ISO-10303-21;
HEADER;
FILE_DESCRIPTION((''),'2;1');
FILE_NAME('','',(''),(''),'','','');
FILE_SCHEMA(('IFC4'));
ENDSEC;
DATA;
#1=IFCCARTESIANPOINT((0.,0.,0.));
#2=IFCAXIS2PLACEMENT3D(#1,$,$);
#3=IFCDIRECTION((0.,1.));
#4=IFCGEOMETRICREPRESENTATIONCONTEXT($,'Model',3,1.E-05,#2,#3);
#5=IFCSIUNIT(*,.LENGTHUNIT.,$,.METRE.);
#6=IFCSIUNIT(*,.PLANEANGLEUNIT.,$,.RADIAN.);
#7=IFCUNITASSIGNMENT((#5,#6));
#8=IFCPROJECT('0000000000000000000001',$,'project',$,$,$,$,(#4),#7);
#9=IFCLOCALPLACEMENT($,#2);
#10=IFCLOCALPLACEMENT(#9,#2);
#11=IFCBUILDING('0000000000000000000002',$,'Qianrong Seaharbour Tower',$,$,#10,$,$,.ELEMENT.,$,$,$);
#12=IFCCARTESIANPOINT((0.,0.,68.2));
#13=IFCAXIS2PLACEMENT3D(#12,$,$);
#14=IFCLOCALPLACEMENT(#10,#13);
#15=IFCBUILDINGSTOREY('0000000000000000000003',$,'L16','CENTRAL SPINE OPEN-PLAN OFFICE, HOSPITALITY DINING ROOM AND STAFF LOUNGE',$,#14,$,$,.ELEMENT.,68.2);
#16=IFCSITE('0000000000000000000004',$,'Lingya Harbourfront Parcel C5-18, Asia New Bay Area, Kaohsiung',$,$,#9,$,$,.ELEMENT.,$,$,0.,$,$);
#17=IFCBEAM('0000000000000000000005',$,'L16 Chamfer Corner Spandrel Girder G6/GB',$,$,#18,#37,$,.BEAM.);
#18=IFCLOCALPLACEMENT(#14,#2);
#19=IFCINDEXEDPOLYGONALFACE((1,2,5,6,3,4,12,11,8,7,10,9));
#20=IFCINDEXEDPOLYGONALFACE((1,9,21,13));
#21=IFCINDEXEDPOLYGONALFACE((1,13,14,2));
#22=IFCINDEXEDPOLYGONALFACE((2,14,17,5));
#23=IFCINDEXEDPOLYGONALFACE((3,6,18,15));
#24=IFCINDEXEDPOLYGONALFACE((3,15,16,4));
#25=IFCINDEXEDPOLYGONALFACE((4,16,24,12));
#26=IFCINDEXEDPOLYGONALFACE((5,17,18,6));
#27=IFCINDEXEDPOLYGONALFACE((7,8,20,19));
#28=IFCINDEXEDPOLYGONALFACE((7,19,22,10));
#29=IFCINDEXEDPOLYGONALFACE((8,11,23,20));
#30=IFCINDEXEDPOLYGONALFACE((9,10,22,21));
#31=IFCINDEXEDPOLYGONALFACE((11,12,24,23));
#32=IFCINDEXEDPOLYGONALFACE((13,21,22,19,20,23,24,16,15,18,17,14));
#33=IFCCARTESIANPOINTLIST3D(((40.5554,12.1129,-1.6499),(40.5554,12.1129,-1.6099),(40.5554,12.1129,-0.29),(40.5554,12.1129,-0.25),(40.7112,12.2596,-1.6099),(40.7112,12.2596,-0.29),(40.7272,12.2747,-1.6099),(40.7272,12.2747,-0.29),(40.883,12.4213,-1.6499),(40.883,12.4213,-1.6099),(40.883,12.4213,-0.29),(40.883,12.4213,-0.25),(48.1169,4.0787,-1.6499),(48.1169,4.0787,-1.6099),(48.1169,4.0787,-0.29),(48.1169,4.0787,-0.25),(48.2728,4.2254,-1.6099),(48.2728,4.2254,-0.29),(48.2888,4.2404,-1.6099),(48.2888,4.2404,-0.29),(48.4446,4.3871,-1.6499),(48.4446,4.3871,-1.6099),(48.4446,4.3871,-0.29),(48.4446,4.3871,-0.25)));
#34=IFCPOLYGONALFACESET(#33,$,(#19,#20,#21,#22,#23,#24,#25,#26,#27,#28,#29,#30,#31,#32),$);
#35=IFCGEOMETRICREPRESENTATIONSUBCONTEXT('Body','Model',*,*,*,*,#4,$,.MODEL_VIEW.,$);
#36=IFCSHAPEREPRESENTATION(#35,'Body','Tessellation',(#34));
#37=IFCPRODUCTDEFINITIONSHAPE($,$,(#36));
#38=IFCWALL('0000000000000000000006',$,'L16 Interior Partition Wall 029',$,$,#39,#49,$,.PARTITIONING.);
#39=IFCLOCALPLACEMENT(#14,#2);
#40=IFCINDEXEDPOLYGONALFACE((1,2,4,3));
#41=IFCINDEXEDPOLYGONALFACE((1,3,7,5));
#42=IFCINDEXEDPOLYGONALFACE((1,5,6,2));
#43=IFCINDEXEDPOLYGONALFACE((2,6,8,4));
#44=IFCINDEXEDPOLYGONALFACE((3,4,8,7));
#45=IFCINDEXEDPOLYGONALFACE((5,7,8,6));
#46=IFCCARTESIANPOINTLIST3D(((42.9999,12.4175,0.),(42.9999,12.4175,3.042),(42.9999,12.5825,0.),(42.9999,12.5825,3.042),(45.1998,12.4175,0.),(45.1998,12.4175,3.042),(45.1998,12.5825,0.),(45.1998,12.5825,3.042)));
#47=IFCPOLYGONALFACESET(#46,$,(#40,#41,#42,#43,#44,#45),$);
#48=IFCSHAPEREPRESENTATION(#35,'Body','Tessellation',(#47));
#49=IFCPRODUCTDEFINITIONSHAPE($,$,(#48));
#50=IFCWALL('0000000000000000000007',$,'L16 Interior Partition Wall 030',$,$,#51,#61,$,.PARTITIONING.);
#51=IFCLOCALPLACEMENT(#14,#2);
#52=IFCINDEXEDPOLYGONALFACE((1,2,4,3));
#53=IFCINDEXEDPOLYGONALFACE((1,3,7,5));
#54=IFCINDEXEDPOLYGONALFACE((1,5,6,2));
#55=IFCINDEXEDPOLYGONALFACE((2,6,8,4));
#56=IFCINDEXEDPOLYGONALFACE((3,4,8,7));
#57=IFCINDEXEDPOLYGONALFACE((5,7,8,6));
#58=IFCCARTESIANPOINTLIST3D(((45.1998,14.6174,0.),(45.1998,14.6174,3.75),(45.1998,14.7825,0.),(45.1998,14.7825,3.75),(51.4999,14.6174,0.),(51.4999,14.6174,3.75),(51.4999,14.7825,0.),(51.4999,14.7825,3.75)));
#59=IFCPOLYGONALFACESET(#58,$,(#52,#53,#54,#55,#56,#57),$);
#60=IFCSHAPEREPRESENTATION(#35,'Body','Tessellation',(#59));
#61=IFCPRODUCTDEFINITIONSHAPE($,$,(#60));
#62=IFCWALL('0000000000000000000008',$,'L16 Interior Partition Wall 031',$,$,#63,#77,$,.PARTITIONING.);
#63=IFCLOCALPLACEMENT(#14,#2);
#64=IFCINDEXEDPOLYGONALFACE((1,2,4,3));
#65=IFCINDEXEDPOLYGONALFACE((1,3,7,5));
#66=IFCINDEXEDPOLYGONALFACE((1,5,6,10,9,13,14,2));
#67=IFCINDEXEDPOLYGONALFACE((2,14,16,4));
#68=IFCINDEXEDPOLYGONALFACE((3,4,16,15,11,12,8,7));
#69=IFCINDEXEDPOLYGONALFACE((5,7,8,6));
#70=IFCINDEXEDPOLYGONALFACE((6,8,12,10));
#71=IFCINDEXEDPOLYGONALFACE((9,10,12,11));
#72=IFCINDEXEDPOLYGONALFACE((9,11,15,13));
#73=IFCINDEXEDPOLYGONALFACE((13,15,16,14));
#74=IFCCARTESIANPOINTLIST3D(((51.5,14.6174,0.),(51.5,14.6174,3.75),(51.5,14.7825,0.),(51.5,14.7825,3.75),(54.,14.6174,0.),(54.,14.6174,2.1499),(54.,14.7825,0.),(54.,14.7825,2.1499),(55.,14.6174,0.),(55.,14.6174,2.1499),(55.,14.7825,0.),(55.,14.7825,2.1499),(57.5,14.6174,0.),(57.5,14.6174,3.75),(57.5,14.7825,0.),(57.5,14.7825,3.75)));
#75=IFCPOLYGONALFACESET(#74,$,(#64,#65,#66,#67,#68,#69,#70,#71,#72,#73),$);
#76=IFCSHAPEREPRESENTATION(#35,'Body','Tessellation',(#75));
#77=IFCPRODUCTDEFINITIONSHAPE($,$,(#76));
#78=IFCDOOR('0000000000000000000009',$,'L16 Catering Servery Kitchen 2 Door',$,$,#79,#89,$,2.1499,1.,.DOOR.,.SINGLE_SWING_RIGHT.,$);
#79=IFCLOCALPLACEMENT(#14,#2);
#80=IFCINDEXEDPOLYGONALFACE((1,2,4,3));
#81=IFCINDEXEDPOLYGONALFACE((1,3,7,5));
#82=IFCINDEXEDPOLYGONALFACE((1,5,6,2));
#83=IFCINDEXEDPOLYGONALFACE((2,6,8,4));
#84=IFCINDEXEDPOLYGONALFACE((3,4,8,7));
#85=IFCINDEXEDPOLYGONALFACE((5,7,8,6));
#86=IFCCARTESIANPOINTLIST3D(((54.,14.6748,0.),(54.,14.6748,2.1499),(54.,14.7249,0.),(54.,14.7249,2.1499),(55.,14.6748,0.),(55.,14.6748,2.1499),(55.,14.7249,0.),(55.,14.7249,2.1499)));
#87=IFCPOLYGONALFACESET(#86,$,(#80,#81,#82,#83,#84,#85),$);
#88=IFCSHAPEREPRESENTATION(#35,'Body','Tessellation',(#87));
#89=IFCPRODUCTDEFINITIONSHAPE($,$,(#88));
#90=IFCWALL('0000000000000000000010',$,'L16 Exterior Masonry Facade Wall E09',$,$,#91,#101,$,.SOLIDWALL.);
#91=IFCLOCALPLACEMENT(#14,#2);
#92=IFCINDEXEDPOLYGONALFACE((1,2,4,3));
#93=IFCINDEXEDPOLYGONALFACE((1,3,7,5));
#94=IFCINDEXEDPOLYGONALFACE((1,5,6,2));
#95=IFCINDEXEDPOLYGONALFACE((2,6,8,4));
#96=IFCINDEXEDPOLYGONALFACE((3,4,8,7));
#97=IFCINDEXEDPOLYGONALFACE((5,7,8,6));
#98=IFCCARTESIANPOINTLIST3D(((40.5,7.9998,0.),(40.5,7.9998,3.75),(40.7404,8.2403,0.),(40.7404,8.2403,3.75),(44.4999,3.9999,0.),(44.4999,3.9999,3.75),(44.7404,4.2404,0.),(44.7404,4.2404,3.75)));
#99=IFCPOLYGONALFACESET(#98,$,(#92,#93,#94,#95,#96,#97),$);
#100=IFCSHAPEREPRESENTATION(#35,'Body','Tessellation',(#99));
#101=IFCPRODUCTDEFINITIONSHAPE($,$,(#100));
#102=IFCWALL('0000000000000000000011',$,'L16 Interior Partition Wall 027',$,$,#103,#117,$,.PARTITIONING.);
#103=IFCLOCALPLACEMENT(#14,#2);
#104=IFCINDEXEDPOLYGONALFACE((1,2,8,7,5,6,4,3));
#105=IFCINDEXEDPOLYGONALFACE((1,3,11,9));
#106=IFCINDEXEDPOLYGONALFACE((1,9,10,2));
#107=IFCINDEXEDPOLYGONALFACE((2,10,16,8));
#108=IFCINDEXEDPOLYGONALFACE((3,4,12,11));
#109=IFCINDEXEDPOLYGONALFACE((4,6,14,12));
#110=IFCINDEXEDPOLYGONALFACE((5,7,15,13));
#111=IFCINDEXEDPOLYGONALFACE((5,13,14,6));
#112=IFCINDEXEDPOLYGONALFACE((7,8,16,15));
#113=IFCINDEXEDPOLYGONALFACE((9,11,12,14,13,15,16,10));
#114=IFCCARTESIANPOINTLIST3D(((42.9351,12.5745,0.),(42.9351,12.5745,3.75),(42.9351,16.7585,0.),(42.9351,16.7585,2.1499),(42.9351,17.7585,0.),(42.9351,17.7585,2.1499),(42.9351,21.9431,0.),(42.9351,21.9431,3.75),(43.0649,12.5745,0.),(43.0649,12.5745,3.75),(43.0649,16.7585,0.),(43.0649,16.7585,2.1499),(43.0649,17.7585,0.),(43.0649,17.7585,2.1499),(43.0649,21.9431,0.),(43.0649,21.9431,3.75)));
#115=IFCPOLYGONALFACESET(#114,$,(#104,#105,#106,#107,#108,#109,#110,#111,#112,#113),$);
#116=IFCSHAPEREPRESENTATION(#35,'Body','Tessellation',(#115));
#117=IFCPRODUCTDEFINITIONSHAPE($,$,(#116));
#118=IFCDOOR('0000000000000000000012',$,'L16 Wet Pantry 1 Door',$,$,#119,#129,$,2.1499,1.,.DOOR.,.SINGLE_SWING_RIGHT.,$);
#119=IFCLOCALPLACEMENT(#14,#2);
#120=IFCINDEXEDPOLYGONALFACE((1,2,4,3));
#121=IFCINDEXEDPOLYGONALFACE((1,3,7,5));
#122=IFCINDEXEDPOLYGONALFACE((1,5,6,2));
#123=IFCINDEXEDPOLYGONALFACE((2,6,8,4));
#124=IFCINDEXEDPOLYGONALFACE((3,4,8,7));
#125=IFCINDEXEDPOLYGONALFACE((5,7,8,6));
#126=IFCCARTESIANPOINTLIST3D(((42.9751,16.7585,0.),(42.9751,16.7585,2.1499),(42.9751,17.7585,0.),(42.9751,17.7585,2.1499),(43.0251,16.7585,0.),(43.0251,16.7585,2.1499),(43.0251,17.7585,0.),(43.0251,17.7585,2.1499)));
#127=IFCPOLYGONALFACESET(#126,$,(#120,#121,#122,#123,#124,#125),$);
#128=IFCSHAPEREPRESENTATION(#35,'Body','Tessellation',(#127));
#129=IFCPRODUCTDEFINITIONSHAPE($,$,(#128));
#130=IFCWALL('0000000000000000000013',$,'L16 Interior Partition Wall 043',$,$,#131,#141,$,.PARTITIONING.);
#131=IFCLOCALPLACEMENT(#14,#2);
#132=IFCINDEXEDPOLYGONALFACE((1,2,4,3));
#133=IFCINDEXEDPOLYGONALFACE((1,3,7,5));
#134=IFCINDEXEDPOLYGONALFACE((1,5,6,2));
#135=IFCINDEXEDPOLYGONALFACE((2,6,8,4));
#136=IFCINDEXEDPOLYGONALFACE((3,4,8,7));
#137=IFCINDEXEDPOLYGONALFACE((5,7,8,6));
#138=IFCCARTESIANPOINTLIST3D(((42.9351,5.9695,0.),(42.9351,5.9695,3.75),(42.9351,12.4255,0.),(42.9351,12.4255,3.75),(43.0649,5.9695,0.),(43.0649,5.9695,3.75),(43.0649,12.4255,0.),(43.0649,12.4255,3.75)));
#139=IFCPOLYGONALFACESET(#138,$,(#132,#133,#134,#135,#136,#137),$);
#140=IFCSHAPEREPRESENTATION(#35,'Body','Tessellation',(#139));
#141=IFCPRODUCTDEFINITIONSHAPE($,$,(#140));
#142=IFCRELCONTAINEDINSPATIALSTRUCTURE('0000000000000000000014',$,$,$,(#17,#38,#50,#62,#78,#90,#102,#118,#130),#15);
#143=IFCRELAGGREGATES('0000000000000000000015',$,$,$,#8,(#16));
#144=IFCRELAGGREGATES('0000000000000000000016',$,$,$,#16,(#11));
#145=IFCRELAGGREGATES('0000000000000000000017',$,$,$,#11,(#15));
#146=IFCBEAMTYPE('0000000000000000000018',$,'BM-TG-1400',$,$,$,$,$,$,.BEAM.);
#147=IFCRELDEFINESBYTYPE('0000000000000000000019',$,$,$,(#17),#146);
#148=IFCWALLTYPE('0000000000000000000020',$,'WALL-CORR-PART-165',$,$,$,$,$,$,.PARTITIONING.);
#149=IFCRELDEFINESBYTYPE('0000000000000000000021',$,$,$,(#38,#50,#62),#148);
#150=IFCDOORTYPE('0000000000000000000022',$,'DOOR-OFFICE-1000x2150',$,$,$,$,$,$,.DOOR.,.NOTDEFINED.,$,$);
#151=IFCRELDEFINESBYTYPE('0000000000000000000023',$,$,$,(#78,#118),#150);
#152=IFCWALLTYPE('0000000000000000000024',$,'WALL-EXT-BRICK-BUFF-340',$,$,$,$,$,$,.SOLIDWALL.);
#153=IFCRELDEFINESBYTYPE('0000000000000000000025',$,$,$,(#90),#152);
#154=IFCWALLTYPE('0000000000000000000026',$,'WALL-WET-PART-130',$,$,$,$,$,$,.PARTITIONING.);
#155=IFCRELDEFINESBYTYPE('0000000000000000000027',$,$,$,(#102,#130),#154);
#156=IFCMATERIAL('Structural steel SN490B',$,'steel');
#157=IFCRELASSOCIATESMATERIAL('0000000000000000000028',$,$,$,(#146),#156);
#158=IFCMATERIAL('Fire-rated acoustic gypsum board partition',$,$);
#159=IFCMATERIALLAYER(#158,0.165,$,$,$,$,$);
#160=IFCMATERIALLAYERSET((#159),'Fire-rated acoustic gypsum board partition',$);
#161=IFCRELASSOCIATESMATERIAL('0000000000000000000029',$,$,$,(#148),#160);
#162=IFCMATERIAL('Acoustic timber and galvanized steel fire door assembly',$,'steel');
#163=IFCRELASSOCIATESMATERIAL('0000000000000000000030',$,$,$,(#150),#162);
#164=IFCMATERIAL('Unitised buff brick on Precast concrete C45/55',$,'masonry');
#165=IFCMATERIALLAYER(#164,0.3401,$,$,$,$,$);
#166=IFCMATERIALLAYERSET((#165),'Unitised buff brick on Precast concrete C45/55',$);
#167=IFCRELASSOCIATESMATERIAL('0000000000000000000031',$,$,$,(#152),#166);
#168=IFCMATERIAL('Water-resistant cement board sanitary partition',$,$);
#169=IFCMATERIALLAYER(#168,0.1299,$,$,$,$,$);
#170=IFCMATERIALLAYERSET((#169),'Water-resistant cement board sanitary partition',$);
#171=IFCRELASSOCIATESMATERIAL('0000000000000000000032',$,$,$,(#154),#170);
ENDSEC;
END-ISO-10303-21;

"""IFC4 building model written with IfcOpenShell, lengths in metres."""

from ifc_helpers import new_model, si_unit, direction, frame, frame_2d, origin, origin_2d, place, context, subcontext, project, spatial, rectangle, i_section, extrude, material, layer, layer_set, material_profile, profile_set, type_object, element, fill, save


model = new_model("IFC4")

# Units and contexts
model_context = context("Model", 3, precision=1e-05, world=origin(), true_north=direction((0.0, 1.0)))
body_context = subcontext(model_context, "Body", "Model", "MODEL_VIEW")
ifc_project = project(units=[si_unit("LENGTHUNIT", "METRE"), si_unit("PLANEANGLEUNIT", "RADIAN")], contexts=[model_context])

# Site, building, storey
site_placement = place(None, origin())
site = spatial("IfcSite", under=ifc_project, at=site_placement, Name="Lingya Harbourfront Parcel C5-18, Asia New Bay Area, Kaohsiung", CompositionType="ELEMENT", RefElevation=0.0)
building_placement = place(site_placement, origin())
building = spatial("IfcBuilding", under=site, at=building_placement, Name="Qianrong Seaharbour Tower", CompositionType="ELEMENT")
storey_placement = place(building_placement, frame((0.0, 0.0, 68.2)))
storey = spatial("IfcBuildingStorey", under=building, at=storey_placement, Name="L16", Description="CENTRAL SPINE OPEN-PLAN OFFICE, HOSPITALITY DINING ROOM AND STAFF LOUNGE", CompositionType="ELEMENT", Elevation=68.2)

# Shared definitions
ifc_material_1 = material(Name="Structural steel SN490B", Category="steel")

# Beam
ifc_material_profile_1 = material_profile(ifc_material_1, i_section(OverallWidth=0.45, OverallDepth=1.3999, WebThickness=0.022, FlangeThickness=0.04, at=origin_2d()), Name="BH1400x450x22x40")
ifc_profile_set_1 = profile_set([ifc_material_profile_1], Name="Structural steel SN490B")
beam_type_1 = type_object("IfcBeamType", Name="BM-TG-1400", PredefinedType="BEAM", material=ifc_profile_set_1)
beam_1_placement = place(storey_placement, frame((48.2808, 4.2329, -0.95), z_axis=(-0.685362, 0.728203, 0.0), x_axis=(-0.728203, -0.685362, 0.0)))
element("IfcBeam", 1, at=beam_1_placement, inside=storey, type_object=beam_type_1, Name="L16 Chamfer Corner Spandrel Girder G6/GB", PredefinedType="BEAM", context=body_context, shape_type="SweptSolid", body=[
    extrude(i_section(OverallWidth=0.45, OverallDepth=1.3999, WebThickness=0.022, FlangeThickness=0.04, at=origin_2d()), origin(), (0.0, 0.0, 1.0), 11.033),
])

# Walls
ifc_material_2 = material(Name="Fire-rated acoustic gypsum board partition")
ifc_layer_1 = layer(ifc_material_2, 0.165)
ifc_layer_set_1 = layer_set([ifc_layer_1], Name="Fire-rated acoustic gypsum board partition")
wall_type_1 = type_object("IfcWallType", Name="WALL-CORR-PART-165", PredefinedType="PARTITIONING", material=ifc_layer_set_1)
wall_1_placement = place(storey_placement, frame((45.2, 12.5, 0.0), z_axis=(0.0, 0.0, 1.0), x_axis=(-1.0, 0.0, 0.0)))
element("IfcWall", 2, at=wall_1_placement, inside=storey, type_object=wall_type_1, Name="L16 Interior Partition Wall 029", PredefinedType="PARTITIONING", context=body_context, shape_type="SweptSolid", body=[
    extrude(rectangle(XDim=2.2, YDim=0.165, at=frame_2d((1.1001, 0.0))), origin(), (0.0, 0.0, 1.0), 3.042),
])
wall_2_placement = place(storey_placement, frame((45.2, 14.7, 0.0), z_axis=(0.0, 0.0, 1.0), x_axis=(1.0, 0.0, 0.0)))
element("IfcWall", 3, at=wall_2_placement, inside=storey, type_object=wall_type_1, Name="L16 Interior Partition Wall 030", PredefinedType="PARTITIONING", context=body_context, shape_type="SweptSolid", body=[
    extrude(rectangle(XDim=6.3, YDim=0.165, at=frame_2d((3.1499, 0.0))), origin(), (0.0, 0.0, 1.0), 3.75),
])

# Wall, opening, door
wall_3_placement = place(storey_placement, frame((51.5, 14.7, 0.0), z_axis=(0.0, 0.0, 1.0), x_axis=(1.0, 0.0, 0.0)))
wall_3 = element("IfcWall", 4, at=wall_3_placement, inside=storey, type_object=wall_type_1, Name="L16 Interior Partition Wall 031", PredefinedType="PARTITIONING", context=body_context, shape_type="SweptSolid", body=[
    extrude(rectangle(XDim=6.0, YDim=0.165, at=frame_2d((3.0, 0.0))), origin(), (0.0, 0.0, 1.0), 3.75),
])
opening_1_placement = place(wall_3_placement, frame((2.5, 0.0, 0.0)))
opening_1 = element("IfcOpeningElement", 5, at=opening_1_placement, cuts=wall_3, PredefinedType="OPENING", context=body_context, shape_type="SweptSolid", body=[
    extrude(rectangle(XDim=1.0, YDim=2.1499, at=frame_2d((0.5, 1.075))), frame((0.0, 0.0925, 0.0), z_axis=(0.0, -1.0, 0.0), x_axis=(1.0, 0.0, 0.0)), (0.0, 0.0, 1.0), 0.1851),
])
ifc_material_3 = material(Name="Acoustic timber and galvanized steel fire door assembly", Category="steel")
door_type = type_object("IfcDoorType", Name="DOOR-OFFICE-1000x2150", OperationType="NOTDEFINED", PredefinedType="DOOR", material=ifc_material_3)
door_1_placement = place(opening_1_placement, origin())
door_1 = element("IfcDoor", 6, at=door_1_placement, inside=storey, type_object=door_type, Name="L16 Catering Servery Kitchen 2 Door", OperationType="SINGLE_SWING_RIGHT", OverallHeight=2.1499, OverallWidth=1.0, PredefinedType="DOOR", context=body_context, shape_type="SweptSolid", body=[
    extrude(rectangle(XDim=1.0, YDim=2.1499, at=frame_2d((0.5, 1.075))), frame((0.0, 0.0249, 0.0), z_axis=(0.0, -1.0, 0.0), x_axis=(1.0, 0.0, 0.0)), (0.0, 0.0, 1.0), 0.05),
])
fill(opening_1, door_1)

# Wall
ifc_material_4 = material(Name="Unitised buff brick on Precast concrete C45/55", Category="masonry")
ifc_layer_2 = layer(ifc_material_4, 0.3401)
ifc_layer_set_2 = layer_set([ifc_layer_2], Name="Unitised buff brick on Precast concrete C45/55")
wall_type_2 = type_object("IfcWallType", Name="WALL-EXT-BRICK-BUFF-340", PredefinedType="SOLIDWALL", material=ifc_layer_set_2)
wall_4_placement = place(storey_placement, frame((44.6201, 4.1201, 0.0), z_axis=(0.0, 0.0, 1.0), x_axis=(-0.707107, 0.707107, 0.0)))
element("IfcWall", 7, at=wall_4_placement, inside=storey, type_object=wall_type_2, Name="L16 Exterior Masonry Facade Wall E09", PredefinedType="SOLIDWALL", context=body_context, shape_type="SweptSolid", body=[
    extrude(rectangle(XDim=5.6567, YDim=0.3401, at=frame_2d((2.8284, 0.0))), origin(), (0.0, 0.0, 1.0), 3.75),
])

# Wall, opening, door
ifc_material_5 = material(Name="Water-resistant cement board sanitary partition")
ifc_layer_3 = layer(ifc_material_5, 0.1299)
ifc_layer_set_3 = layer_set([ifc_layer_3], Name="Water-resistant cement board sanitary partition")
wall_type_3 = type_object("IfcWallType", Name="WALL-WET-PART-130", PredefinedType="PARTITIONING", material=ifc_layer_set_3)
wall_5_placement = place(storey_placement, frame((43.0, 12.5745, 0.0), z_axis=(0.0, 0.0, 1.0), x_axis=(0.0, 1.0, 0.0)))
wall_5 = element("IfcWall", 8, at=wall_5_placement, inside=storey, type_object=wall_type_3, Name="L16 Interior Partition Wall 027", PredefinedType="PARTITIONING", context=body_context, shape_type="SweptSolid", body=[
    extrude(rectangle(XDim=9.3687, YDim=0.1299, at=frame_2d((4.6843, 0.0))), origin(), (0.0, 0.0, 1.0), 3.75),
])
opening_2_placement = place(wall_5_placement, frame((4.1841, 0.0, 0.0)))
opening_2 = element("IfcOpeningElement", 9, at=opening_2_placement, cuts=wall_5, PredefinedType="OPENING", context=body_context, shape_type="SweptSolid", body=[
    extrude(rectangle(XDim=1.0, YDim=2.1499, at=frame_2d((0.5, 1.075))), frame((0.0, 0.075, 0.0), z_axis=(0.0, -1.0, 0.0), x_axis=(1.0, 0.0, 0.0)), (0.0, 0.0, 1.0), 0.1499),
])
door_2_placement = place(opening_2_placement, origin())
door_2 = element("IfcDoor", 10, at=door_2_placement, inside=storey, type_object=door_type, Name="L16 Wet Pantry 1 Door", OperationType="SINGLE_SWING_RIGHT", OverallHeight=2.1499, OverallWidth=1.0, PredefinedType="DOOR", context=body_context, shape_type="SweptSolid", body=[
    extrude(rectangle(XDim=1.0, YDim=2.1499, at=frame_2d((0.5, 1.075))), frame((0.0, 0.0249, 0.0), z_axis=(0.0, -1.0, 0.0), x_axis=(1.0, 0.0, 0.0)), (0.0, 0.0, 1.0), 0.05),
])
fill(opening_2, door_2)

# Wall
wall_6_placement = place(storey_placement, frame((43.0, 12.4255, 0.0), z_axis=(0.0, 0.0, 1.0), x_axis=(0.0, -1.0, 0.0)))
element("IfcWall", 11, at=wall_6_placement, inside=storey, type_object=wall_type_3, Name="L16 Interior Partition Wall 043", PredefinedType="PARTITIONING", context=body_context, shape_type="SweptSolid", body=[
    extrude(rectangle(XDim=6.4561, YDim=0.1299, at=frame_2d((3.228, 0.0))), origin(), (0.0, 0.0, 1.0), 3.75),
])

save(model, "model.ifc")
